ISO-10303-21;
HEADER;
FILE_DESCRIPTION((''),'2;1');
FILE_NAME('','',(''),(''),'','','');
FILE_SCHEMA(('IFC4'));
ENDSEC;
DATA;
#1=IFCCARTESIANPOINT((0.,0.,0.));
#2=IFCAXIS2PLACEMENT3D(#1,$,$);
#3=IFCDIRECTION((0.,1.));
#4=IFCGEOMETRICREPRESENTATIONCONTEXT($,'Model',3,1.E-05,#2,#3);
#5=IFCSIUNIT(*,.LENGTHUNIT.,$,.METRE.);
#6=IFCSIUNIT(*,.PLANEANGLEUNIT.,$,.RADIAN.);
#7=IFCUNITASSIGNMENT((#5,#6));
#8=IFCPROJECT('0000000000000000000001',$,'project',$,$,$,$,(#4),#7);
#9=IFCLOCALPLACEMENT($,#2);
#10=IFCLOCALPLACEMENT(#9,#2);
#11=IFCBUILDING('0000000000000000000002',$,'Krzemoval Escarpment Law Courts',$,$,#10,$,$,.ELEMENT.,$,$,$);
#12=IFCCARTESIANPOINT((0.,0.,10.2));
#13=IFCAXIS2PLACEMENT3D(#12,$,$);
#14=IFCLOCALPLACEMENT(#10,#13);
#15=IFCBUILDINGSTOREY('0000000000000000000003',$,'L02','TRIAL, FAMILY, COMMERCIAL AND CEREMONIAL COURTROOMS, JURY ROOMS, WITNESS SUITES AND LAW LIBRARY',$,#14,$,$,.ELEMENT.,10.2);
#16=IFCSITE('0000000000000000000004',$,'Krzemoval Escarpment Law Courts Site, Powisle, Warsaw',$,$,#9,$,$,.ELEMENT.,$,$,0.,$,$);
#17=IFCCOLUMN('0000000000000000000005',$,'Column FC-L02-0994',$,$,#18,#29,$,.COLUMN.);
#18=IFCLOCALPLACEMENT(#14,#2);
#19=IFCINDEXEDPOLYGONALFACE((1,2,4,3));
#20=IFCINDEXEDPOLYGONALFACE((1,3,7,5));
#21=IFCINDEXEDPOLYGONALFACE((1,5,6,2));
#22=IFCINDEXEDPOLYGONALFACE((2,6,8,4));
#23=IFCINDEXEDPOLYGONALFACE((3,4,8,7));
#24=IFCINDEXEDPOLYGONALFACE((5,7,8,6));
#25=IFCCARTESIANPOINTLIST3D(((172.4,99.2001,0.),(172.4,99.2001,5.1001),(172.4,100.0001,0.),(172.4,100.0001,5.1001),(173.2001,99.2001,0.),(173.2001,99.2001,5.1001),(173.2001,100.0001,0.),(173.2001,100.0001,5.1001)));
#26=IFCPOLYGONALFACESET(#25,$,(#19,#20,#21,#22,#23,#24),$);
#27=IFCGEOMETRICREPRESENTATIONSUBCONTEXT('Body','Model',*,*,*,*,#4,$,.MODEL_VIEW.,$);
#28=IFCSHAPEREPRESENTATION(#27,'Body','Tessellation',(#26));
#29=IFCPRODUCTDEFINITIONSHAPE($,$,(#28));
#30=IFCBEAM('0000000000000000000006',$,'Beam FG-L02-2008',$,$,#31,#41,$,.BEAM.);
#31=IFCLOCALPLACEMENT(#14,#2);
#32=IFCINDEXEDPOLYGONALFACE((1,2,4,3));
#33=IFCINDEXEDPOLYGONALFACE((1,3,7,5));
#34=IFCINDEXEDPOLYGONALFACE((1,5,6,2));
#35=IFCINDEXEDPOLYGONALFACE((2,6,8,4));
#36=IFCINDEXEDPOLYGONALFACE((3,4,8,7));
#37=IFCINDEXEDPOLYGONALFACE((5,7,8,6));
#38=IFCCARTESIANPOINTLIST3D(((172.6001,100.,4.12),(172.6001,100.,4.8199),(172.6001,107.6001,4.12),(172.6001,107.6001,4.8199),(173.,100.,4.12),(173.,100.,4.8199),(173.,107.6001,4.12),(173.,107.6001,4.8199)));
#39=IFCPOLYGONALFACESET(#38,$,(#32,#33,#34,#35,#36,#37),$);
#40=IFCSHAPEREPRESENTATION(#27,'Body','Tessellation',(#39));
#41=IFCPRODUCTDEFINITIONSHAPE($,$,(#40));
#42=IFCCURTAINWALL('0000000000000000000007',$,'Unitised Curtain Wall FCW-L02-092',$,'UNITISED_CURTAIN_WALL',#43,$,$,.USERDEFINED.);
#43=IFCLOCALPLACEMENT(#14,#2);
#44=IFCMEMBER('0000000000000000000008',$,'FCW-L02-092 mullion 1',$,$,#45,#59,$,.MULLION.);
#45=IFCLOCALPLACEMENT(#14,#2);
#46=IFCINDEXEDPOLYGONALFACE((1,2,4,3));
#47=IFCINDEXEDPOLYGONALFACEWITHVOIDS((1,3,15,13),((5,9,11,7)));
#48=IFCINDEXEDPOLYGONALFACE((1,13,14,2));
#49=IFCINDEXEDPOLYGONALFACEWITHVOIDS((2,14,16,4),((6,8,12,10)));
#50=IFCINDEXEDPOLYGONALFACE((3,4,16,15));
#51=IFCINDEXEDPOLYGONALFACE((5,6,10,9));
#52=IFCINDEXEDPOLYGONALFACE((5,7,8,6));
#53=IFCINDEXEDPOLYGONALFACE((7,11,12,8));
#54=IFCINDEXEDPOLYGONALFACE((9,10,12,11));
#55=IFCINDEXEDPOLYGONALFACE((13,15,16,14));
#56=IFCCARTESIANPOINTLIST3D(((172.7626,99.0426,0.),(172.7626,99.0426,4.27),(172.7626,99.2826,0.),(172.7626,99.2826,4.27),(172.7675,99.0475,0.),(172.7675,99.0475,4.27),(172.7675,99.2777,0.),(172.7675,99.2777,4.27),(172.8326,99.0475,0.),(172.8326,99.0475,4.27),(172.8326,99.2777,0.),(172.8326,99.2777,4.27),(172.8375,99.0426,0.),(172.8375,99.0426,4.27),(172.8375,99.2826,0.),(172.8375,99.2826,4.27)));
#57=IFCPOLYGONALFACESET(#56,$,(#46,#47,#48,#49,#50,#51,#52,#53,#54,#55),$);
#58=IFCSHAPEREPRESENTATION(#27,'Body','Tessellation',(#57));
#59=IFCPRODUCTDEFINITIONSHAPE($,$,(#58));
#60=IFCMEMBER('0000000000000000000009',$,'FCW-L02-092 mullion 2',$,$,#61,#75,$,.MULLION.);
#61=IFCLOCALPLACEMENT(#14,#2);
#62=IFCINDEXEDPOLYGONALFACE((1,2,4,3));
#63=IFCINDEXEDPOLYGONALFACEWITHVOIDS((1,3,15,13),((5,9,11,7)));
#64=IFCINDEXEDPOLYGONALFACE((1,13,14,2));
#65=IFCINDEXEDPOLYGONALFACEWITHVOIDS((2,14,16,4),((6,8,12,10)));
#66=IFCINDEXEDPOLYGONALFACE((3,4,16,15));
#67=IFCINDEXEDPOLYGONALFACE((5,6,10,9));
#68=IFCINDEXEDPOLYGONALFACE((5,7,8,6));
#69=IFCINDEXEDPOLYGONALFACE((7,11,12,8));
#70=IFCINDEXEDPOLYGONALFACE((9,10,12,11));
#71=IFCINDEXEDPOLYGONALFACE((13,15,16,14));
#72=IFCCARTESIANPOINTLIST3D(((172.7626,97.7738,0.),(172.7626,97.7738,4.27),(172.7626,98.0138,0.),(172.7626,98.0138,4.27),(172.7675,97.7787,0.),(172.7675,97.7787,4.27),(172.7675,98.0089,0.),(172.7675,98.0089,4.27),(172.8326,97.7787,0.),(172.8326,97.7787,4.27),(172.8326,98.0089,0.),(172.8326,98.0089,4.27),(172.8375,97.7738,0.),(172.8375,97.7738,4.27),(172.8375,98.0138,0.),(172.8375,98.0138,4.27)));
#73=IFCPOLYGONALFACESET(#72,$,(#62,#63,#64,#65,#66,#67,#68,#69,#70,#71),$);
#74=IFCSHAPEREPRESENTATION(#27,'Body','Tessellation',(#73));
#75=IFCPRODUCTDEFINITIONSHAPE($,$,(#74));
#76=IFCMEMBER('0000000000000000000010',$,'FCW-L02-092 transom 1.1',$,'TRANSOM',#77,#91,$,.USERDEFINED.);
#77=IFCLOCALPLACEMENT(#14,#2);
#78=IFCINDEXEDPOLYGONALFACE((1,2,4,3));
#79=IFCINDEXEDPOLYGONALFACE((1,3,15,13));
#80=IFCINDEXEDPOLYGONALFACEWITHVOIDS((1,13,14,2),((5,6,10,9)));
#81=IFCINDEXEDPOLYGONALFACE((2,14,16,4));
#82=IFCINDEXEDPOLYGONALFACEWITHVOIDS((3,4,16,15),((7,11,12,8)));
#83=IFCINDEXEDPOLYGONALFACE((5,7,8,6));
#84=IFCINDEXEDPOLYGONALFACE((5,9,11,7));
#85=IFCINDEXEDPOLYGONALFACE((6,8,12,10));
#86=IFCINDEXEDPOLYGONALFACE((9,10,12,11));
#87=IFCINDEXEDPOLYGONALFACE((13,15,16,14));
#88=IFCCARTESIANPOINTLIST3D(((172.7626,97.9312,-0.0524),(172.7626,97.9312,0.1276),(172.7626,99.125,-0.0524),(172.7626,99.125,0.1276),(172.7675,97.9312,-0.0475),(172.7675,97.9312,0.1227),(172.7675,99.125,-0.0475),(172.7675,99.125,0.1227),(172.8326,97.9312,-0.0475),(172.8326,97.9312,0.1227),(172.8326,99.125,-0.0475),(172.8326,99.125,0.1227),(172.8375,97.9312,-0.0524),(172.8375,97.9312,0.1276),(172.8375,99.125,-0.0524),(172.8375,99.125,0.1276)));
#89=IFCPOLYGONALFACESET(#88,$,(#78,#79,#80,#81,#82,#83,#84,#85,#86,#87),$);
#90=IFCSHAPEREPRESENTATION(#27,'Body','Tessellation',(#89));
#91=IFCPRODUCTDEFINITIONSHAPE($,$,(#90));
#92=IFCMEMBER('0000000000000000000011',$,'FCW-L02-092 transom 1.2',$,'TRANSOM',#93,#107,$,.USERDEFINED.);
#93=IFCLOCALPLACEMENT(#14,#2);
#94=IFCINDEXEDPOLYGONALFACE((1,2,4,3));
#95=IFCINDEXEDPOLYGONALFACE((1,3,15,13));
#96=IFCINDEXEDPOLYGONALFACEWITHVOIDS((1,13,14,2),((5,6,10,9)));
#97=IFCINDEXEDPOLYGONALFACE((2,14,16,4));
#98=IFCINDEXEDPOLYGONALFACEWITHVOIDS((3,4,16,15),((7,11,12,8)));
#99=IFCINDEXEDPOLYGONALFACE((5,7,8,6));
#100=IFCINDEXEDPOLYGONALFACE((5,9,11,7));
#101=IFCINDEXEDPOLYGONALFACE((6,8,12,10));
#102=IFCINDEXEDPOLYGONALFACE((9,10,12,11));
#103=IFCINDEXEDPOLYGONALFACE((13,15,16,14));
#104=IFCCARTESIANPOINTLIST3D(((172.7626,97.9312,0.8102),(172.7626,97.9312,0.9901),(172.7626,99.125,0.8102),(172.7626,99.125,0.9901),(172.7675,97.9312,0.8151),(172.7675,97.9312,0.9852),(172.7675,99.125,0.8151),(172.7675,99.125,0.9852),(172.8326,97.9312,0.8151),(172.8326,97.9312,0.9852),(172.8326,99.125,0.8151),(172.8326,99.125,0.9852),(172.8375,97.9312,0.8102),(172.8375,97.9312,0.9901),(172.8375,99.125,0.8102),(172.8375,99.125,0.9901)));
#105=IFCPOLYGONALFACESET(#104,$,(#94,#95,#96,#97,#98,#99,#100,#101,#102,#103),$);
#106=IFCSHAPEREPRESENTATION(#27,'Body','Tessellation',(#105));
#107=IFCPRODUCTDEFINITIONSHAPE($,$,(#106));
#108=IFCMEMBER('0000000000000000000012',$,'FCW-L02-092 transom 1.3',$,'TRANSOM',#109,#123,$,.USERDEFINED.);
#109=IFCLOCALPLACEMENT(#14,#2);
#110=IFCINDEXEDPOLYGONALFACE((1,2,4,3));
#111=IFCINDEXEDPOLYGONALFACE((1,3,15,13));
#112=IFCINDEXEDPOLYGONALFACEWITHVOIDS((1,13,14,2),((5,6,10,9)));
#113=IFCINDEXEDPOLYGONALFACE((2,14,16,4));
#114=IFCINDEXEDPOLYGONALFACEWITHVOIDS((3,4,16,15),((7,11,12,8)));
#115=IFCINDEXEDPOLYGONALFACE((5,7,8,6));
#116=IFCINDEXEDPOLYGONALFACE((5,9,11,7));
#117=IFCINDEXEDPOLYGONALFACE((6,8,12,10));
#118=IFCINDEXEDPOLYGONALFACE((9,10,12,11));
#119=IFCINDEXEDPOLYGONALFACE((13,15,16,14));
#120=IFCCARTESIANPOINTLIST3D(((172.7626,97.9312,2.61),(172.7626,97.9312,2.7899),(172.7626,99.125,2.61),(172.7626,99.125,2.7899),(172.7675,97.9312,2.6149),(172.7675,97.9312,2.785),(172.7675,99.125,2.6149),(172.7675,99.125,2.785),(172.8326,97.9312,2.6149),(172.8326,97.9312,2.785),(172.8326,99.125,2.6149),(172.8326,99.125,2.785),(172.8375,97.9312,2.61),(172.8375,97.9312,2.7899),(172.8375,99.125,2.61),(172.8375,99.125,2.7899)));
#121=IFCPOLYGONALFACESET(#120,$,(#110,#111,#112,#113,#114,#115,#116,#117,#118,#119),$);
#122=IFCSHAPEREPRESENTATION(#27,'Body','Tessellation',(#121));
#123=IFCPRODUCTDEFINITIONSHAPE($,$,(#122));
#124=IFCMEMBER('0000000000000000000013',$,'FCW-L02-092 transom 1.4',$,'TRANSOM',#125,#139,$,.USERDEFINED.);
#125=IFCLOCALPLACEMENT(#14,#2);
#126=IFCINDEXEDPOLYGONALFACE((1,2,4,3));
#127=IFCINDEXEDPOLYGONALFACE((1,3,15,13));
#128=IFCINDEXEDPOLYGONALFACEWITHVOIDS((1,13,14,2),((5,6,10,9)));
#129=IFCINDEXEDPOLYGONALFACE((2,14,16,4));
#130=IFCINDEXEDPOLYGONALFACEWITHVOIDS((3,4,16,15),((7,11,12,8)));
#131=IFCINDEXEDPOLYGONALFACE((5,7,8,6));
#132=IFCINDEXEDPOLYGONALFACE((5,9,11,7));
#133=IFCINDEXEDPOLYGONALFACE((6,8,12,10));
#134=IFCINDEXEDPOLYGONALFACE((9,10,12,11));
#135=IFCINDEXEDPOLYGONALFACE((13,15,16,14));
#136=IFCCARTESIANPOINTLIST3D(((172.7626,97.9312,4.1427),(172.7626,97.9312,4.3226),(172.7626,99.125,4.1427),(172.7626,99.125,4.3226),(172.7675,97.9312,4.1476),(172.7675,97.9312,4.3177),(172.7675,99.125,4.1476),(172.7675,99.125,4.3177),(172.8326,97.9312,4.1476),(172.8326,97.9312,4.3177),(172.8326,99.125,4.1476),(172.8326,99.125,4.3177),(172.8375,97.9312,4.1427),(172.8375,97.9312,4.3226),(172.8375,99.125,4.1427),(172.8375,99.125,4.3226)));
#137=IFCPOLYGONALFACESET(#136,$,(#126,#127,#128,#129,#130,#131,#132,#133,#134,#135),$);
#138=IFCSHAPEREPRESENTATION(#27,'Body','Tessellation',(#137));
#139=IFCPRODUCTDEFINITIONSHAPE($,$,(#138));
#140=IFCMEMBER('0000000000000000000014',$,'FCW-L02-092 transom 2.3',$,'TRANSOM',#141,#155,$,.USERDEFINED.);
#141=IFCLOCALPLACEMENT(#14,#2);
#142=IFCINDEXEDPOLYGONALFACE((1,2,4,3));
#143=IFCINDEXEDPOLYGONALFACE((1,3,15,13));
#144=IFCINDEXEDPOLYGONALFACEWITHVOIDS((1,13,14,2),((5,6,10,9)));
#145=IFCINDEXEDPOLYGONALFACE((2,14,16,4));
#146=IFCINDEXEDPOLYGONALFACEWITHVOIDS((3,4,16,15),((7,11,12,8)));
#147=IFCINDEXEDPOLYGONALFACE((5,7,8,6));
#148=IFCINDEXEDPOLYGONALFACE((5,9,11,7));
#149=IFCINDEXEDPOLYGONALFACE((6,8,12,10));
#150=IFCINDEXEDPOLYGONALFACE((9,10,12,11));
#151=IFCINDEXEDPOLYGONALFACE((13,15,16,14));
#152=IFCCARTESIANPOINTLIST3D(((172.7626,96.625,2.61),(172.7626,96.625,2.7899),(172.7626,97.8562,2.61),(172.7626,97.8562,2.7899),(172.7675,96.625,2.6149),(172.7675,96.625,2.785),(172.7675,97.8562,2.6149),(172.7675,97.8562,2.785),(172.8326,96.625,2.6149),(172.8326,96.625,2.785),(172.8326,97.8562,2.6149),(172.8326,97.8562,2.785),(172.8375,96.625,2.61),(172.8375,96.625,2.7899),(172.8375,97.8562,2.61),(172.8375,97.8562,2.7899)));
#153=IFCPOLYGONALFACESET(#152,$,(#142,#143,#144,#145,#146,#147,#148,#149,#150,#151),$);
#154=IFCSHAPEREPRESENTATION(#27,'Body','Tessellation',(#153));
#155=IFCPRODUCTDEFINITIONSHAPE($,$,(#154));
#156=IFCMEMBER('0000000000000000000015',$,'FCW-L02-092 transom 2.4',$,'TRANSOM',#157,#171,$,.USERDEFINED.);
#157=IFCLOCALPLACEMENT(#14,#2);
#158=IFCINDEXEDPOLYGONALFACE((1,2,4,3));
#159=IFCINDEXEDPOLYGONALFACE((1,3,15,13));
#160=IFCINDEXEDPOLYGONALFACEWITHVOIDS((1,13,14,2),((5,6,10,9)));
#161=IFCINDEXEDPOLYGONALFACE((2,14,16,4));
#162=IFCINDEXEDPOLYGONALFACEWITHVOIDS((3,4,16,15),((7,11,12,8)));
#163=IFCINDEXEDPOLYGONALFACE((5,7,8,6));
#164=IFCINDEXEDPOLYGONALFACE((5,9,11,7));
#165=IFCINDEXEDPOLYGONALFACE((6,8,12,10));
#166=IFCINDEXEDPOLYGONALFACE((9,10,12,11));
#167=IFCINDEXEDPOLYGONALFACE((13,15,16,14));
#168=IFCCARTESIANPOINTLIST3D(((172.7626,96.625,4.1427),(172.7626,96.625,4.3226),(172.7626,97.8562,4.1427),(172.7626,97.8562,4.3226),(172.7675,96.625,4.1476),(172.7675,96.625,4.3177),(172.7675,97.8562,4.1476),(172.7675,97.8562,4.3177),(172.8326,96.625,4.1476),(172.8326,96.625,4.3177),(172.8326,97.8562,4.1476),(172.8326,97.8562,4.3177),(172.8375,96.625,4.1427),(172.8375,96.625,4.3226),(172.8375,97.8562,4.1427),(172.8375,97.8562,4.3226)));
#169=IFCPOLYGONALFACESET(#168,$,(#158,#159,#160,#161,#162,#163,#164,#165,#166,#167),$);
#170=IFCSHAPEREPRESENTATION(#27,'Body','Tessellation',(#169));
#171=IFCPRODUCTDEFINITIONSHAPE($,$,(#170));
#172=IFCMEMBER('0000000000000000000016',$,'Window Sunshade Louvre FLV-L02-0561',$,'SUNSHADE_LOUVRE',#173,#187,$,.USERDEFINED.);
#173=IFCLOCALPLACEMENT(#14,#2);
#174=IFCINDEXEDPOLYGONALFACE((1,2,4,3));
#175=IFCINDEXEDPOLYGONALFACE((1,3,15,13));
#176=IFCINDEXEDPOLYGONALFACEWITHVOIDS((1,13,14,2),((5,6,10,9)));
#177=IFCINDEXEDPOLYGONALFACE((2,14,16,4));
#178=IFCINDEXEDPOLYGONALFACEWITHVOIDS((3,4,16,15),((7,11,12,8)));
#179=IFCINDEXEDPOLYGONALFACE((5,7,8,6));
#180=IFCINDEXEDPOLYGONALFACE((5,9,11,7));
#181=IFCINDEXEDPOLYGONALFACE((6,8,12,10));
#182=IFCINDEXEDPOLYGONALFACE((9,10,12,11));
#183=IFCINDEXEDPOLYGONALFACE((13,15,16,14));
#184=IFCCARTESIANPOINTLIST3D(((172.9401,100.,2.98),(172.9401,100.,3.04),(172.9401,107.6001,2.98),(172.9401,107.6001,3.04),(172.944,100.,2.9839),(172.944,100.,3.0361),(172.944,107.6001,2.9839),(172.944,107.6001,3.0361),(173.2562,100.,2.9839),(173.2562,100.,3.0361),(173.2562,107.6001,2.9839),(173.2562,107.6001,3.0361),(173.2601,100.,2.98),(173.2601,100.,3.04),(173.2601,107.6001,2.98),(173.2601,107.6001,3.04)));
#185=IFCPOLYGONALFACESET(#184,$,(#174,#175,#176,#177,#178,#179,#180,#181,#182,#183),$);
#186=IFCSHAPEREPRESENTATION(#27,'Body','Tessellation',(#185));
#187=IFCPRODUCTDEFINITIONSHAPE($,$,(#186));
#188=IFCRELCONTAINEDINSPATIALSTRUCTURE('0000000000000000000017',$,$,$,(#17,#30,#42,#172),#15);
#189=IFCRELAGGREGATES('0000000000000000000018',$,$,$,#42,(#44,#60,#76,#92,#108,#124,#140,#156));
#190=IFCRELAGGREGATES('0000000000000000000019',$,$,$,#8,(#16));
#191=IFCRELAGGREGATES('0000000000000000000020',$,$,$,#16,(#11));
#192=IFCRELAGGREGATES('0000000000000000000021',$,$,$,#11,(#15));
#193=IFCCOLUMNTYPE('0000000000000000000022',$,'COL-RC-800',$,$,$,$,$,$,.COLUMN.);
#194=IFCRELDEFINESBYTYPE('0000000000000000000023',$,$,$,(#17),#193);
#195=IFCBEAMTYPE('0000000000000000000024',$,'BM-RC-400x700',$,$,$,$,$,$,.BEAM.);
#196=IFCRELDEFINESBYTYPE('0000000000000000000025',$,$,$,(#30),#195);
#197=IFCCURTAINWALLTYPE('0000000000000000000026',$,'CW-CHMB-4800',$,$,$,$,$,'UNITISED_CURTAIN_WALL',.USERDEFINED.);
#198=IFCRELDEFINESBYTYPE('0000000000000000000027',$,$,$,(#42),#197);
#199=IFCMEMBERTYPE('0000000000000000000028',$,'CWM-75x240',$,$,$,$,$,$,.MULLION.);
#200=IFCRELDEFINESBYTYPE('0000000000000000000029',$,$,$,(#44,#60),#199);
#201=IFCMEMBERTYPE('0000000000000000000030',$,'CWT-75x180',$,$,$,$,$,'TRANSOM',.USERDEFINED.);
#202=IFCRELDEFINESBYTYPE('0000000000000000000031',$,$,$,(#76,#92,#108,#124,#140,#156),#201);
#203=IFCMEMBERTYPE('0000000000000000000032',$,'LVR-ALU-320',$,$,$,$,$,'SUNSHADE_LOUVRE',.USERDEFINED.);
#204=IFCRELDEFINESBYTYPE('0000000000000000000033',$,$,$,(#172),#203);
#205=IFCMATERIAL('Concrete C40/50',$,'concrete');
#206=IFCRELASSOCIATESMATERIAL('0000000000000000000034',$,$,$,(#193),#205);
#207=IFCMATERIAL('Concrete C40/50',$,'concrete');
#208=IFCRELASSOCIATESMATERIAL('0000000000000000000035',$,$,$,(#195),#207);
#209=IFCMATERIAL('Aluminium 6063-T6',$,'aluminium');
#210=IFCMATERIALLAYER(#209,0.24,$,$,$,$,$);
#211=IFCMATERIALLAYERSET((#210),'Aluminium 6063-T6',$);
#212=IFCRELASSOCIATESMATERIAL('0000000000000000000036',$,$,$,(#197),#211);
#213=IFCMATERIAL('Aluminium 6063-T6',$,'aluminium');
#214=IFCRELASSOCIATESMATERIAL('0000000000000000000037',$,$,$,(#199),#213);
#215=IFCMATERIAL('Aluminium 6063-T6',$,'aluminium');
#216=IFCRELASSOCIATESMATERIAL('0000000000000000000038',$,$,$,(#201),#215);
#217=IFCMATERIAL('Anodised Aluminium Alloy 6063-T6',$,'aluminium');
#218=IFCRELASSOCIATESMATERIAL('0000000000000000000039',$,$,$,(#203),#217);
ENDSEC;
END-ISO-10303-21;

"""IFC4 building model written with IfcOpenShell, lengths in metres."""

from ifc_helpers import new_model, si_unit, direction, frame, origin, origin_2d, place, context, subcontext, project, spatial, rectangle, hollow_rectangle, extrude, material, layer, layer_set, material_profile, profile_set, type_object, element, aggregate, save


model = new_model("IFC4")

# Units and contexts
model_context = context("Model", 3, precision=1e-05, world=origin(), true_north=direction((0.0, 1.0)))
body_context = subcontext(model_context, "Body", "Model", "MODEL_VIEW")
ifc_project = project(units=[si_unit("LENGTHUNIT", "METRE"), si_unit("PLANEANGLEUNIT", "RADIAN")], contexts=[model_context])

# Site, building, storey
site_placement = place(None, origin())
site = spatial("IfcSite", under=ifc_project, at=site_placement, Name="Krzemoval Escarpment Law Courts Site, Powisle, Warsaw", CompositionType="ELEMENT", RefElevation=0.0)
building_placement = place(site_placement, origin())
building = spatial("IfcBuilding", under=site, at=building_placement, Name="Krzemoval Escarpment Law Courts", CompositionType="ELEMENT")
storey_placement = place(building_placement, frame((0.0, 0.0, 10.2)))
storey = spatial("IfcBuildingStorey", under=building, at=storey_placement, Name="L02", Description="TRIAL, FAMILY, COMMERCIAL AND CEREMONIAL COURTROOMS, JURY ROOMS, WITNESS SUITES AND LAW LIBRARY", CompositionType="ELEMENT", Elevation=10.2)

# Column
ifc_material_1 = material(Name="Concrete C40/50", Category="concrete")
ifc_material_profile_1 = material_profile(ifc_material_1, rectangle(XDim=0.8, YDim=0.8, at=origin_2d()), Name="RC 800x800")
ifc_profile_set_1 = profile_set([ifc_material_profile_1], Name="Concrete C40/50")
column_type = type_object("IfcColumnType", Name="COL-RC-800", PredefinedType="COLUMN", material=ifc_profile_set_1)
column_placement = place(storey_placement, frame((172.8, 99.6001, 0.0), z_axis=(0.0, 0.0, 1.0), x_axis=(1.0, 0.0, 0.0)))
element("IfcColumn", 1, at=column_placement, inside=storey, type_object=column_type, Name="Column FC-L02-0994", PredefinedType="COLUMN", context=body_context, shape_type="SweptSolid", body=[
    extrude(rectangle(XDim=0.8, YDim=0.8, at=origin_2d()), origin(), (0.0, 0.0, 1.0), 5.1001),
])

# Beam
ifc_material_2 = material(Name="Concrete C40/50", Category="concrete")
ifc_material_profile_2 = material_profile(ifc_material_2, rectangle(XDim=0.3999, YDim=0.7, at=origin_2d()), Name="RCB 400x700")
ifc_profile_set_2 = profile_set([ifc_material_profile_2], Name="Concrete C40/50")
beam_type = type_object("IfcBeamType", Name="BM-RC-400x700", PredefinedType="BEAM", material=ifc_profile_set_2)
beam_placement = place(storey_placement, frame((172.8, 100.0, 4.47), z_axis=(0.0, 1.0, 0.0), x_axis=(-1.0, 0.0, 0.0)))
element("IfcBeam", 2, at=beam_placement, inside=storey, type_object=beam_type, Name="Beam FG-L02-2008", PredefinedType="BEAM", context=body_context, shape_type="SweptSolid", body=[
    extrude(rectangle(XDim=0.3999, YDim=0.7, at=origin_2d()), origin(), (0.0, 0.0, 1.0), 7.6001),
])

# Curtain wall, members
ifc_material_3 = material(Name="Aluminium 6063-T6", Category="aluminium")
ifc_layer_1 = layer(ifc_material_3, 0.24)
ifc_layer_set_1 = layer_set([ifc_layer_1], Name="Aluminium 6063-T6")
curtain_wall_type = type_object("IfcCurtainWallType", Name="CW-CHMB-4800", ElementType="UNITISED_CURTAIN_WALL", PredefinedType="USERDEFINED", material=ifc_layer_set_1)
curtain_wall_placement = place(storey_placement, origin())
curtain_wall = element("IfcCurtainWall", 3, at=curtain_wall_placement, inside=storey, type_object=curtain_wall_type, Name="Unitised Curtain Wall FCW-L02-092", ObjectType="UNITISED_CURTAIN_WALL", PredefinedType="USERDEFINED")
ifc_material_4 = material(Name="Aluminium 6063-T6", Category="aluminium")
ifc_material_profile_3 = material_profile(ifc_material_4, hollow_rectangle(XDim=0.075, YDim=0.24, WallThickness=0.0049, at=origin_2d()), Name="ALU M75x240")
ifc_profile_set_3 = profile_set([ifc_material_profile_3], Name="Aluminium 6063-T6")
member_type_1 = type_object("IfcMemberType", Name="CWM-75x240", PredefinedType="MULLION", material=ifc_profile_set_3)
member_1_placement = place(storey_placement, frame((172.8, 99.1626, 0.0), z_axis=(0.0, 0.0, 1.0), x_axis=(1.0, 0.0, 0.0)))
member_1 = element("IfcMember", 4, at=member_1_placement, type_object=member_type_1, Name="FCW-L02-092 mullion 1", PredefinedType="MULLION", context=body_context, shape_type="SweptSolid", body=[
    extrude(hollow_rectangle(XDim=0.075, YDim=0.24, WallThickness=0.0049, at=origin_2d()), origin(), (0.0, 0.0, 1.0), 4.27),
])
member_2_placement = place(storey_placement, frame((172.8, 97.8938, 0.0), z_axis=(0.0, 0.0, 1.0), x_axis=(1.0, 0.0, 0.0)))
member_2 = element("IfcMember", 5, at=member_2_placement, type_object=member_type_1, Name="FCW-L02-092 mullion 2", PredefinedType="MULLION", context=body_context, shape_type="SweptSolid", body=[
    extrude(hollow_rectangle(XDim=0.075, YDim=0.24, WallThickness=0.0049, at=origin_2d()), origin(), (0.0, 0.0, 1.0), 4.27),
])
ifc_material_5 = material(Name="Aluminium 6063-T6", Category="aluminium")
ifc_material_profile_4 = material_profile(ifc_material_5, hollow_rectangle(XDim=0.075, YDim=0.1799, WallThickness=0.0049, at=origin_2d()), Name="ALU T75x180")
ifc_profile_set_4 = profile_set([ifc_material_profile_4], Name="Aluminium 6063-T6")
member_type_2 = type_object("IfcMemberType", Name="CWT-75x180", ElementType="TRANSOM", PredefinedType="USERDEFINED", material=ifc_profile_set_4)
member_3_placement = place(storey_placement, frame((172.8, 99.125, 0.0376), z_axis=(0.0, -1.0, 0.0), x_axis=(1.0, 0.0, 0.0)))
member_3 = element("IfcMember", 6, at=member_3_placement, type_object=member_type_2, Name="FCW-L02-092 transom 1.1", ObjectType="TRANSOM", PredefinedType="USERDEFINED", context=body_context, shape_type="SweptSolid", body=[
    extrude(hollow_rectangle(XDim=0.075, YDim=0.1799, WallThickness=0.0049, at=origin_2d()), origin(), (0.0, 0.0, 1.0), 1.1938),
])
member_4_placement = place(storey_placement, frame((172.8, 99.125, 0.9001), z_axis=(0.0, -1.0, 0.0), x_axis=(1.0, 0.0, 0.0)))
member_4 = element("IfcMember", 7, at=member_4_placement, type_object=member_type_2, Name="FCW-L02-092 transom 1.2", ObjectType="TRANSOM", PredefinedType="USERDEFINED", context=body_context, shape_type="SweptSolid", body=[
    extrude(hollow_rectangle(XDim=0.075, YDim=0.1799, WallThickness=0.0049, at=origin_2d()), origin(), (0.0, 0.0, 1.0), 1.1938),
])
member_5_placement = place(storey_placement, frame((172.8, 99.125, 2.7), z_axis=(0.0, -1.0, 0.0), x_axis=(1.0, 0.0, 0.0)))
member_5 = element("IfcMember", 8, at=member_5_placement, type_object=member_type_2, Name="FCW-L02-092 transom 1.3", ObjectType="TRANSOM", PredefinedType="USERDEFINED", context=body_context, shape_type="SweptSolid", body=[
    extrude(hollow_rectangle(XDim=0.075, YDim=0.1799, WallThickness=0.0049, at=origin_2d()), origin(), (0.0, 0.0, 1.0), 1.1938),
])
member_6_placement = place(storey_placement, frame((172.8, 99.125, 4.2327), z_axis=(0.0, -1.0, 0.0), x_axis=(1.0, 0.0, 0.0)))
member_6 = element("IfcMember", 9, at=member_6_placement, type_object=member_type_2, Name="FCW-L02-092 transom 1.4", ObjectType="TRANSOM", PredefinedType="USERDEFINED", context=body_context, shape_type="SweptSolid", body=[
    extrude(hollow_rectangle(XDim=0.075, YDim=0.1799, WallThickness=0.0049, at=origin_2d()), origin(), (0.0, 0.0, 1.0), 1.1938),
])
member_7_placement = place(storey_placement, frame((172.8, 97.8562, 2.7), z_axis=(0.0, -1.0, 0.0), x_axis=(1.0, 0.0, 0.0)))
member_7 = element("IfcMember", 10, at=member_7_placement, type_object=member_type_2, Name="FCW-L02-092 transom 2.3", ObjectType="TRANSOM", PredefinedType="USERDEFINED", context=body_context, shape_type="SweptSolid", body=[
    extrude(hollow_rectangle(XDim=0.075, YDim=0.1799, WallThickness=0.0049, at=origin_2d()), origin(), (0.0, 0.0, 1.0), 1.2312),
])
member_8_placement = place(storey_placement, frame((172.8, 97.8562, 4.2327), z_axis=(0.0, -1.0, 0.0), x_axis=(1.0, 0.0, 0.0)))
member_8 = element("IfcMember", 11, at=member_8_placement, type_object=member_type_2, Name="FCW-L02-092 transom 2.4", ObjectType="TRANSOM", PredefinedType="USERDEFINED", context=body_context, shape_type="SweptSolid", body=[
    extrude(hollow_rectangle(XDim=0.075, YDim=0.1799, WallThickness=0.0049, at=origin_2d()), origin(), (0.0, 0.0, 1.0), 1.2312),
])

# Member
ifc_material_6 = material(Name="Anodised Aluminium Alloy 6063-T6", Category="aluminium")
ifc_material_profile_5 = material_profile(ifc_material_6, hollow_rectangle(XDim=0.0601, YDim=0.3201, WallThickness=0.0039, at=origin_2d()), Name="ALU LVR 60x320")
ifc_profile_set_5 = profile_set([ifc_material_profile_5], Name="Anodised Aluminium Alloy 6063-T6")
member_type_3 = type_object("IfcMemberType", Name="LVR-ALU-320", ElementType="SUNSHADE_LOUVRE", PredefinedType="USERDEFINED", material=ifc_profile_set_5)
member_9_placement = place(storey_placement, frame((173.1001, 107.6001, 3.01), z_axis=(0.0, -1.0, 0.0), x_axis=(0.0, 0.0, 1.0)))
element("IfcMember", 12, at=member_9_placement, inside=storey, type_object=member_type_3, Name="Window Sunshade Louvre FLV-L02-0561", ObjectType="SUNSHADE_LOUVRE", PredefinedType="USERDEFINED", context=body_context, shape_type="SweptSolid", body=[
    extrude(hollow_rectangle(XDim=0.0601, YDim=0.3201, WallThickness=0.0039, at=origin_2d()), origin(), (0.0, 0.0, 1.0), 7.6001),
])

aggregate(curtain_wall, [member_1, member_2, member_3, member_4, member_5, member_6, member_7, member_8])

save(model, "model.ifc")
